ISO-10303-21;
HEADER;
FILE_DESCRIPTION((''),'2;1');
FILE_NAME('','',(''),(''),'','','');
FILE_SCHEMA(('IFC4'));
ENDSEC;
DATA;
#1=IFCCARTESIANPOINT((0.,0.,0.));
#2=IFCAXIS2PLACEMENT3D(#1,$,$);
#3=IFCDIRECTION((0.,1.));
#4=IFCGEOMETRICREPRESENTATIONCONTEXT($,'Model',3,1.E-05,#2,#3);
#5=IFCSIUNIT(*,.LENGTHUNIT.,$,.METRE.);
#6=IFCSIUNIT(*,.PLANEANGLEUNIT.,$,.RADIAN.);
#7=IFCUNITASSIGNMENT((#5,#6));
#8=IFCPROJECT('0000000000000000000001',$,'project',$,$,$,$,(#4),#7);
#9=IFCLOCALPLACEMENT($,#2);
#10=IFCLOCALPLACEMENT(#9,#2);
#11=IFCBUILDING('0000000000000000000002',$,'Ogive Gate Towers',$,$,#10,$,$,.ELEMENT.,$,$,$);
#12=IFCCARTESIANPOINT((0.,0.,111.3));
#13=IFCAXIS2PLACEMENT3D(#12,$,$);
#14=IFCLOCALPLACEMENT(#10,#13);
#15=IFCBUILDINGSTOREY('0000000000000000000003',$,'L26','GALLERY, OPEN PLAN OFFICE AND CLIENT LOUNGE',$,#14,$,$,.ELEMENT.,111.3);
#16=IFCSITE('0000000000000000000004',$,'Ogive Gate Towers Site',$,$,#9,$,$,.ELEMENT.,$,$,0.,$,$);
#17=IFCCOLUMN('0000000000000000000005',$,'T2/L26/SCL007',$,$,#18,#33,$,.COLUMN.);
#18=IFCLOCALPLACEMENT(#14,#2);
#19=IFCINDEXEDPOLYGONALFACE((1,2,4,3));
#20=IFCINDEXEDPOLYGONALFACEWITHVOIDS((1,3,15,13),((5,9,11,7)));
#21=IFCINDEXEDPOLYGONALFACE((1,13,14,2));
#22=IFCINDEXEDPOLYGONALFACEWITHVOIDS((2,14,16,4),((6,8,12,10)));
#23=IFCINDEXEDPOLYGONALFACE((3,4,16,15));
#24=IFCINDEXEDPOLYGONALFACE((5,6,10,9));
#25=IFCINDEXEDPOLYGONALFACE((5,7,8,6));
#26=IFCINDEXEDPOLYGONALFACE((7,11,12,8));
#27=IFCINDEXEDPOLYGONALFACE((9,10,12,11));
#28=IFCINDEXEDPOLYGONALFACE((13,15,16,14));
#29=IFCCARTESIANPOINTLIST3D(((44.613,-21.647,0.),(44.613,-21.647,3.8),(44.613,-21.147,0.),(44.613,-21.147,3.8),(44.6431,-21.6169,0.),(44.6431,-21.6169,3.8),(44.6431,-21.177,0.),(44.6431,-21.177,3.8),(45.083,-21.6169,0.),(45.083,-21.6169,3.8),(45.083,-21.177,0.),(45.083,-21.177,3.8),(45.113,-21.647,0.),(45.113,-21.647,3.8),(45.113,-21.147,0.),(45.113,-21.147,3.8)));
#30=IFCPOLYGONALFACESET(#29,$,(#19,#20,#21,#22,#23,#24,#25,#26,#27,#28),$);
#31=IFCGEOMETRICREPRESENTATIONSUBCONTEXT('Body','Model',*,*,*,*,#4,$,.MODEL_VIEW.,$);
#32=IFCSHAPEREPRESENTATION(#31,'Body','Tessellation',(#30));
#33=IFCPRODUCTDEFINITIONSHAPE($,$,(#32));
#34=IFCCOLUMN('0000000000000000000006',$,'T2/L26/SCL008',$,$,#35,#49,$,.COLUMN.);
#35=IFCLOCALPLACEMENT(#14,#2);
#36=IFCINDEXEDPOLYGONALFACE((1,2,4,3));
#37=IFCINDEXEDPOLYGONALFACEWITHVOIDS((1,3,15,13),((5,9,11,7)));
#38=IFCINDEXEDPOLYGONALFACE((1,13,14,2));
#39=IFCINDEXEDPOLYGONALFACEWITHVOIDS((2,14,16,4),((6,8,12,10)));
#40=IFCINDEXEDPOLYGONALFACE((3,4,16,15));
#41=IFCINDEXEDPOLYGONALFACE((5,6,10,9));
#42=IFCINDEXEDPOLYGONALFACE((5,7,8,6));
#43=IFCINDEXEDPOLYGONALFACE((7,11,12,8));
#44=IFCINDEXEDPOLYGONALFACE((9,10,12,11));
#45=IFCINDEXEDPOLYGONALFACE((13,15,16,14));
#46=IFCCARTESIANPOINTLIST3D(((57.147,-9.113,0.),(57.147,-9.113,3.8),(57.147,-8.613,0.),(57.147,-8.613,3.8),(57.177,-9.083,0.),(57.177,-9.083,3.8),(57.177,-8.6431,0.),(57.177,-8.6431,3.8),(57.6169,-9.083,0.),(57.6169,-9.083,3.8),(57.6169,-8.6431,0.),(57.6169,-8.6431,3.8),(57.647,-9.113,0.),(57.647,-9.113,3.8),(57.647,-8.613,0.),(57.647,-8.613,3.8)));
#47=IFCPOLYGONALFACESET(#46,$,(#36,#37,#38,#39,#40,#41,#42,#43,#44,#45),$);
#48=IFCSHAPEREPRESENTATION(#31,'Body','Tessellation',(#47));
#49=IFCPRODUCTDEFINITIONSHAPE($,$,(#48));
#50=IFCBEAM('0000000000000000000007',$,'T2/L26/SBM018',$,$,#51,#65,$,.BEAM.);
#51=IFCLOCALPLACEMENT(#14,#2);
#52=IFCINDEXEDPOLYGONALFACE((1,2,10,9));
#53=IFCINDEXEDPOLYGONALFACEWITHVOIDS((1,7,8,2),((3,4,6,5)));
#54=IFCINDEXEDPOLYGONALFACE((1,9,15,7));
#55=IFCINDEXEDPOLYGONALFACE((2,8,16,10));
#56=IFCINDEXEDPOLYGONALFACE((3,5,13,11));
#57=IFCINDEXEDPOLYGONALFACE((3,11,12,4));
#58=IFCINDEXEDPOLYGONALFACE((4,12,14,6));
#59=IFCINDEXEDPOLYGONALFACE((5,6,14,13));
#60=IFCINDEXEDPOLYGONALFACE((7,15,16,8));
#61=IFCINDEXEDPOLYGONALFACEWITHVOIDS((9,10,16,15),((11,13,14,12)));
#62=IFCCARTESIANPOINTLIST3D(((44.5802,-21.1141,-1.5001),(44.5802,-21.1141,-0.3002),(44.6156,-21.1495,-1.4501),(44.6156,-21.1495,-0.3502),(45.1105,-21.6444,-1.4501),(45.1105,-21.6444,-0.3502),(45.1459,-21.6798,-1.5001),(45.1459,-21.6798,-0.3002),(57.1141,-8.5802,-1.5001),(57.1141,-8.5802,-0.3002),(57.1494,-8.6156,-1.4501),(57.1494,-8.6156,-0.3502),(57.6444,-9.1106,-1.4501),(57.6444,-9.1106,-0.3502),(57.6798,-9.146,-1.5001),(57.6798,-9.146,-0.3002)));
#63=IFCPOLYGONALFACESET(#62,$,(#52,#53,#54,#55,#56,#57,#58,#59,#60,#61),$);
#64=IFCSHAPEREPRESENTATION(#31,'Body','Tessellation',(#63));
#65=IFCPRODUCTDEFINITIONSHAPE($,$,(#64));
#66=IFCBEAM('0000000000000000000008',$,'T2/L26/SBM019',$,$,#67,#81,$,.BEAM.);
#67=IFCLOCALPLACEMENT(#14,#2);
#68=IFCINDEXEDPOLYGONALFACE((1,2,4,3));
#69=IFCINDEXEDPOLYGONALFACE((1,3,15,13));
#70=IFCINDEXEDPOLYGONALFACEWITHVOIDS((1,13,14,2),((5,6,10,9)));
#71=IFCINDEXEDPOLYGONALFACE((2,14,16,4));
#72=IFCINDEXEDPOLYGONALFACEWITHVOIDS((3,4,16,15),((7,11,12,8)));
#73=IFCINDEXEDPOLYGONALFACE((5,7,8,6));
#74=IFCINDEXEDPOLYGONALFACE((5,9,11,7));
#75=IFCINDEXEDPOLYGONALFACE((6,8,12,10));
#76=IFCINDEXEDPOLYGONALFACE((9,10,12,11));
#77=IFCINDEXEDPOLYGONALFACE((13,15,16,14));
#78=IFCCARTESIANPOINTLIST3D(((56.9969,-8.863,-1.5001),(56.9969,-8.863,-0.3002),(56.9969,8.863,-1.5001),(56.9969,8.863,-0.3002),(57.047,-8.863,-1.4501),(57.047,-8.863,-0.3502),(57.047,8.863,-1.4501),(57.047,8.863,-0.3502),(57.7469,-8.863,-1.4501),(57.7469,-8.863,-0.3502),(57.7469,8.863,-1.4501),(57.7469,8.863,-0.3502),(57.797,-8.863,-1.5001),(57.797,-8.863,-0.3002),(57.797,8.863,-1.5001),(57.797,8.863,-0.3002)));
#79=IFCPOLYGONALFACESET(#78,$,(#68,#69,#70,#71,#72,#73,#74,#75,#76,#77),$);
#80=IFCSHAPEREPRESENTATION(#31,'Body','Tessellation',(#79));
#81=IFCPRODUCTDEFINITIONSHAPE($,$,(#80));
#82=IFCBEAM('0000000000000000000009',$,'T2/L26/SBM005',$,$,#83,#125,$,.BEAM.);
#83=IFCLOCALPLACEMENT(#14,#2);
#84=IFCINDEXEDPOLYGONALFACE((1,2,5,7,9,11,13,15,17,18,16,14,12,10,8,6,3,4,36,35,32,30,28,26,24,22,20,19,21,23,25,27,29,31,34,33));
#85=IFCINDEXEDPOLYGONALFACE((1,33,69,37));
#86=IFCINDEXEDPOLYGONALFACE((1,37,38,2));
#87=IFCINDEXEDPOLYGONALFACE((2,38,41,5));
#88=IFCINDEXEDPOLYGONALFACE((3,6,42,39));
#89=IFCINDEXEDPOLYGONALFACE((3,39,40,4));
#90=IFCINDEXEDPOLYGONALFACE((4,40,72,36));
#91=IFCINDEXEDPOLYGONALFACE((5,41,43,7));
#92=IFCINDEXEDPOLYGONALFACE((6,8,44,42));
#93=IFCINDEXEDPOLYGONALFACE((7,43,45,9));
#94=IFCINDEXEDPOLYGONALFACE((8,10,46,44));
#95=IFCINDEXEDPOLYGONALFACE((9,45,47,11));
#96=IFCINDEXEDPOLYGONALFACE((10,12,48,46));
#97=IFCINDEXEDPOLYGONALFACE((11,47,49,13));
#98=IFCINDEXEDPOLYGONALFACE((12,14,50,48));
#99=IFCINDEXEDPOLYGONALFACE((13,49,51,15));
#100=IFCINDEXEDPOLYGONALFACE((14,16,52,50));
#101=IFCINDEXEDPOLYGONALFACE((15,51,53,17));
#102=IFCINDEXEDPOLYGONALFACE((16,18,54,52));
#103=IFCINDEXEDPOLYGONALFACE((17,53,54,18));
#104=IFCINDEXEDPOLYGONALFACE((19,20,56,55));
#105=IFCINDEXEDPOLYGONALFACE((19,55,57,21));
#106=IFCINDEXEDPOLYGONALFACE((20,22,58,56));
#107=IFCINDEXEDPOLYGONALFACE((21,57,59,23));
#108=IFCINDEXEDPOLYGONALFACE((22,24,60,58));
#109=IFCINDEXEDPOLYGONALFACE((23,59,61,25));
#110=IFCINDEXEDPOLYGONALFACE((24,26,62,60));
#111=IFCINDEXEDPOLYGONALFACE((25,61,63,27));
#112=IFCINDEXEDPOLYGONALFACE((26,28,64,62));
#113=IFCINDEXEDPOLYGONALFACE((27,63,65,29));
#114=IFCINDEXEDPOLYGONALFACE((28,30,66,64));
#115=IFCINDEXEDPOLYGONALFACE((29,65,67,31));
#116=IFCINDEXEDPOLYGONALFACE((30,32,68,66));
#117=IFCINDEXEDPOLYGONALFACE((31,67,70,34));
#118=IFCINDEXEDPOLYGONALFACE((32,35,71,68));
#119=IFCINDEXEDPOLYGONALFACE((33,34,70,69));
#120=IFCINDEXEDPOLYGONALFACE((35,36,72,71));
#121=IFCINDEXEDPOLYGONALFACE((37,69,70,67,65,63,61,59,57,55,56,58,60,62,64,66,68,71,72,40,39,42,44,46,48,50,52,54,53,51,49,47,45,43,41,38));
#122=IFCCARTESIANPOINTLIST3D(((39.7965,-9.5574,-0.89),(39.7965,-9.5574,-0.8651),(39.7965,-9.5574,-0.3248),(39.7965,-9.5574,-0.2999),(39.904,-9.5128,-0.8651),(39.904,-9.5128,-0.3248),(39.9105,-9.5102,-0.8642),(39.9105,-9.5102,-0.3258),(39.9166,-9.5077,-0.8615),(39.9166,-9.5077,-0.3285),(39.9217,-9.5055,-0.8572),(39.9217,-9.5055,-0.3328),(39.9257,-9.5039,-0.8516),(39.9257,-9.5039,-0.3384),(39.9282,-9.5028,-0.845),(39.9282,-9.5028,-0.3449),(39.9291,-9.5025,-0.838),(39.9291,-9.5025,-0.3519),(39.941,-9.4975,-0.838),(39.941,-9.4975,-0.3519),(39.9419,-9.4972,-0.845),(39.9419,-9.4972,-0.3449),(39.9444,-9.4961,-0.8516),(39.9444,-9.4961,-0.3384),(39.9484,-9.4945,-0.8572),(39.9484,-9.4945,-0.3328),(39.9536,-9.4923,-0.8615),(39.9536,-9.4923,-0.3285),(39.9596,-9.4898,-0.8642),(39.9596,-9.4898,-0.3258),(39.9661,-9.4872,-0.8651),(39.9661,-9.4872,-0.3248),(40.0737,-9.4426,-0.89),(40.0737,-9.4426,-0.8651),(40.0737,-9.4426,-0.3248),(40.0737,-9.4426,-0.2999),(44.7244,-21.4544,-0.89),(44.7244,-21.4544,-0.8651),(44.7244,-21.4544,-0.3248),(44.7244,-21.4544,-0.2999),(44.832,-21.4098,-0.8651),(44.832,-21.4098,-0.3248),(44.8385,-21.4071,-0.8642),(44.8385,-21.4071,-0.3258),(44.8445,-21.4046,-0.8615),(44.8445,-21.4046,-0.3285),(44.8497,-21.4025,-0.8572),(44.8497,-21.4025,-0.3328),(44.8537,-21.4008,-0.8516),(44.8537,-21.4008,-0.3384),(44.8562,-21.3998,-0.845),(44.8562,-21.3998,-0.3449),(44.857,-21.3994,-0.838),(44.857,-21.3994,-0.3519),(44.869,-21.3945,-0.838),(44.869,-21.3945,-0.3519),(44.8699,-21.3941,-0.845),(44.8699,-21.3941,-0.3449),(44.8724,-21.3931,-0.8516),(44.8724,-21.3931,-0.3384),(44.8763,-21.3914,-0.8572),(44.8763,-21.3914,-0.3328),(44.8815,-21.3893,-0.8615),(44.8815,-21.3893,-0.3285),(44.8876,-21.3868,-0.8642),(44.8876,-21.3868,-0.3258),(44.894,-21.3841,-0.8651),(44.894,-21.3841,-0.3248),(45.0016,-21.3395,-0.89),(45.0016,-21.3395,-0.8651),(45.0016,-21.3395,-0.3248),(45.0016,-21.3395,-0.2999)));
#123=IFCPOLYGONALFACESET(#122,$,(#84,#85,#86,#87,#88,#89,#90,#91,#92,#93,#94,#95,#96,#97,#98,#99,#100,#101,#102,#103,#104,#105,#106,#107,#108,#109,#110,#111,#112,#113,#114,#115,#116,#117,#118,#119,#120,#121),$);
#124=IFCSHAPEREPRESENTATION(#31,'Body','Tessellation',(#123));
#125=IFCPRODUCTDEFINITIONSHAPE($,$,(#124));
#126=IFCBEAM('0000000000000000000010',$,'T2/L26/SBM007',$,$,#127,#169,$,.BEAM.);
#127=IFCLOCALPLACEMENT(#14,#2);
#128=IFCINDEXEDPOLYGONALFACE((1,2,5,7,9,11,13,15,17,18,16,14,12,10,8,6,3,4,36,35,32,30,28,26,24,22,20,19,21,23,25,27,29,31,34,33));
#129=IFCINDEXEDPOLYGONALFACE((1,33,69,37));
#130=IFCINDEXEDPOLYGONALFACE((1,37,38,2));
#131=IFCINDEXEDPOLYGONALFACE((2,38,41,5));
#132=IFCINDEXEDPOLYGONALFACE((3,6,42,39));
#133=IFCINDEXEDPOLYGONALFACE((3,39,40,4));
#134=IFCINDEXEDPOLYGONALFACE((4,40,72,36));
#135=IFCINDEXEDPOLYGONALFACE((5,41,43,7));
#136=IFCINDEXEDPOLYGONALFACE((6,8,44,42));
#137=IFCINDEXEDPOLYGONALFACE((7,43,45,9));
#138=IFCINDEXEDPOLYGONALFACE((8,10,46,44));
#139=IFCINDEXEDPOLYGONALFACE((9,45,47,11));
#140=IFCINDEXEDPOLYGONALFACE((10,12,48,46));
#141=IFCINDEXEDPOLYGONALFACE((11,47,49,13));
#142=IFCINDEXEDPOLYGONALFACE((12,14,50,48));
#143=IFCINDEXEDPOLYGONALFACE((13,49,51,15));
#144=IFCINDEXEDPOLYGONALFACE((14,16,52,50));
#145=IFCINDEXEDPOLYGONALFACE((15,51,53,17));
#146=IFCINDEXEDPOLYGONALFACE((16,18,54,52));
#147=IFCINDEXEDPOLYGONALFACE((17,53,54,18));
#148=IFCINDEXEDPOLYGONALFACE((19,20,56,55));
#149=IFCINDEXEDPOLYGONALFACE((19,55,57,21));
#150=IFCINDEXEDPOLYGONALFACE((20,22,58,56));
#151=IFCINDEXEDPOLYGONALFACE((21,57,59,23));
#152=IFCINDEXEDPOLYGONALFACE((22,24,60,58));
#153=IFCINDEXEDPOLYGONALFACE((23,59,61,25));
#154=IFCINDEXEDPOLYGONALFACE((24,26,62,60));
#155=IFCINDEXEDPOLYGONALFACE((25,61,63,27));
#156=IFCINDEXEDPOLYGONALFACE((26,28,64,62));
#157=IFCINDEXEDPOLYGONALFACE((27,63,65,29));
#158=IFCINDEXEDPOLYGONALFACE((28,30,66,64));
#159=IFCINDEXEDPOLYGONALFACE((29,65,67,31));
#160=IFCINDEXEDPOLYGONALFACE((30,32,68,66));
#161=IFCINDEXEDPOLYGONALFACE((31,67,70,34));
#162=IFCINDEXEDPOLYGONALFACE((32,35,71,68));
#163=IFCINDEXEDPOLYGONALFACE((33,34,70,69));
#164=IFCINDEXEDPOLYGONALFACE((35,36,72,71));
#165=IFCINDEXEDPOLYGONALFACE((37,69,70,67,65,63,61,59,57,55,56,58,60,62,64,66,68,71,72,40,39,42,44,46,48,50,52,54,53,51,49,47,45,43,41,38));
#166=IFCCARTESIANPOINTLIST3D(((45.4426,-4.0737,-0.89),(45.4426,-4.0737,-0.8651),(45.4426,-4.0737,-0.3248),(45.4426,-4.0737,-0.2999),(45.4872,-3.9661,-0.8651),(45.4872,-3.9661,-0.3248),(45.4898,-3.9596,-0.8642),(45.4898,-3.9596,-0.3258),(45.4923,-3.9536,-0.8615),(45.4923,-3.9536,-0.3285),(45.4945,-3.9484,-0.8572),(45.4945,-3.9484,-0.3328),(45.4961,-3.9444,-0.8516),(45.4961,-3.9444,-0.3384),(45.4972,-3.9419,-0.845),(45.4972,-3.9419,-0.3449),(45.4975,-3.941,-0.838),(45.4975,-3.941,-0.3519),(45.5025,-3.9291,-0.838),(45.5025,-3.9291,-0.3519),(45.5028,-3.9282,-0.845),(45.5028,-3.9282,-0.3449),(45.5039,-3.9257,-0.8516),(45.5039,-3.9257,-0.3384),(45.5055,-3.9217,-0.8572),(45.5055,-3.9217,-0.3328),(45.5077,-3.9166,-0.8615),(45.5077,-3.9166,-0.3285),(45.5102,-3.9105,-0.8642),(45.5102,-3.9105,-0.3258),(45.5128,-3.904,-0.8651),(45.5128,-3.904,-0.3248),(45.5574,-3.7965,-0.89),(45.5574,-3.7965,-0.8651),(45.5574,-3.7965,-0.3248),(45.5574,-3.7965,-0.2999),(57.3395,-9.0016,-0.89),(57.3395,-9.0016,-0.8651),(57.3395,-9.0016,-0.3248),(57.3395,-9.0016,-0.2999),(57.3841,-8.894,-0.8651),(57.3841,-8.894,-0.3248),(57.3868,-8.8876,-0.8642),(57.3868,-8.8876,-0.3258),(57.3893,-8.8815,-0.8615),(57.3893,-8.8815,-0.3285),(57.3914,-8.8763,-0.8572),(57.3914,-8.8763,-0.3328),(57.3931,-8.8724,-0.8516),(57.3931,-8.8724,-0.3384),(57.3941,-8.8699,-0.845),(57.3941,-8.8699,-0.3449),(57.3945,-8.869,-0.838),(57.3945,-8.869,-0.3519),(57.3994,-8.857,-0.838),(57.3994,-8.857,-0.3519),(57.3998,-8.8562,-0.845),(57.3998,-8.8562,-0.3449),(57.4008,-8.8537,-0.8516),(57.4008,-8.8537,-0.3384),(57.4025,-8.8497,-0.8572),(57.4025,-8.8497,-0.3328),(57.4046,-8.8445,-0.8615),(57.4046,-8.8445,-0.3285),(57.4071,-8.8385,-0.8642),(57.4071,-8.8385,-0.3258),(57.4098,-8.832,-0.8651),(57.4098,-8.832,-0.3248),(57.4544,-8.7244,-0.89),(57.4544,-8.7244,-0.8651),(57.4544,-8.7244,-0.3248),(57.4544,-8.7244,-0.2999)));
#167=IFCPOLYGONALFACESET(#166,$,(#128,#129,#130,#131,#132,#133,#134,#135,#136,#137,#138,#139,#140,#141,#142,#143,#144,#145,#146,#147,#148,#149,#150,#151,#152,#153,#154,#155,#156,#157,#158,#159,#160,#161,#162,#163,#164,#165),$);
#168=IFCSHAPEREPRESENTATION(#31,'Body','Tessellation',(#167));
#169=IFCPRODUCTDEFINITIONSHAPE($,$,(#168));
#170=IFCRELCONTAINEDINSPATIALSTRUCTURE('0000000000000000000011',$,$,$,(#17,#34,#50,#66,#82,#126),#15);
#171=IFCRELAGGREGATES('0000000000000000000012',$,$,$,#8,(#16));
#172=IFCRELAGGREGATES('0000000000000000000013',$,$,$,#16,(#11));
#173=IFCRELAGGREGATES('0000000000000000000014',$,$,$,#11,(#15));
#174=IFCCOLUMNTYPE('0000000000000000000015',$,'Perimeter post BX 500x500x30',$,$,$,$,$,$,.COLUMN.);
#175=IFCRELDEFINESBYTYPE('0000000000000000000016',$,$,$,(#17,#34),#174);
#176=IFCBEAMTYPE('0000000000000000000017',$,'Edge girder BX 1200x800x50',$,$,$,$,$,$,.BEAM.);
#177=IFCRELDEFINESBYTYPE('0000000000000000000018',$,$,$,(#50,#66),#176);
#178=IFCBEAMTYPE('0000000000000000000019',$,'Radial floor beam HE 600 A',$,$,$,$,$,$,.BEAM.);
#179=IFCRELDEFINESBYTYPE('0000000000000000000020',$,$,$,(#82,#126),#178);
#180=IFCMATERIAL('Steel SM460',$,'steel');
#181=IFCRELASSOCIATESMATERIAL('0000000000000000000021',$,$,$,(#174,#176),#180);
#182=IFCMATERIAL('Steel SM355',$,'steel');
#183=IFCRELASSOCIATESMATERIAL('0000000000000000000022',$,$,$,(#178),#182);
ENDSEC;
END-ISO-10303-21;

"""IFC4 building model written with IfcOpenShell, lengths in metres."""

from ifc_helpers import new_model, si_unit, direction, frame, origin, origin_2d, place, context, subcontext, project, spatial, hollow_rectangle, i_section, extrude, material, material_profile, profile_set, type_object, element, save


model = new_model("IFC4")

# Units and contexts
model_context = context("Model", 3, precision=1e-05, world=origin(), true_north=direction((0.0, 1.0)))
body_context = subcontext(model_context, "Body", "Model", "MODEL_VIEW")
ifc_project = project(units=[si_unit("LENGTHUNIT", "METRE"), si_unit("PLANEANGLEUNIT", "RADIAN")], contexts=[model_context])

# Site, building, storey
site_placement = place(None, origin())
site = spatial("IfcSite", under=ifc_project, at=site_placement, Name="Ogive Gate Towers Site", CompositionType="ELEMENT", RefElevation=0.0)
building_placement = place(site_placement, origin())
building = spatial("IfcBuilding", under=site, at=building_placement, Name="Ogive Gate Towers", CompositionType="ELEMENT")
storey_placement = place(building_placement, frame((0.0, 0.0, 111.3)))
storey = spatial("IfcBuildingStorey", under=building, at=storey_placement, Name="L26", Description="GALLERY, OPEN PLAN OFFICE AND CLIENT LOUNGE", CompositionType="ELEMENT", Elevation=111.3)

# Columns
ifc_material_1 = material(Name="Steel SM460", Category="steel")
ifc_material_profile_1 = material_profile(ifc_material_1, hollow_rectangle(XDim=0.5, YDim=0.5, WallThickness=0.03, at=origin_2d()), Name="BX 500x500x30")
ifc_profile_set_1 = profile_set([ifc_material_profile_1], Name="Steel SM460")
column_type = type_object("IfcColumnType", Name="Perimeter post BX 500x500x30", PredefinedType="COLUMN", material=ifc_profile_set_1)
for number, where, z_axis, x_axis, name in (
    (1, (44.863, -21.397, 0.0), (0.0, 0.0, 1.0), (1.0, 0.0, 0.0), "T2/L26/SCL007"),
    (2, (57.397, -8.863, 0.0), (0.0, 0.0, 1.0), (1.0, 0.0, 0.0), "T2/L26/SCL008"),
):
    element("IfcColumn", number, at=place(storey_placement, frame(where, z_axis=z_axis, x_axis=x_axis)), inside=storey, type_object=column_type, Name=name, PredefinedType="COLUMN", context=body_context, shape_type="SweptSolid", body=[
        extrude(hollow_rectangle(XDim=0.5, YDim=0.5, WallThickness=0.03, at=origin_2d()), origin(), (0.0, 0.0, 1.0), 3.8),
    ])

# Beams
ifc_material_profile_2 = material_profile(ifc_material_1, hollow_rectangle(XDim=0.8, YDim=1.2, WallThickness=0.05, at=origin_2d()), Name="BX 1200x800x50")
ifc_profile_set_2 = profile_set([ifc_material_profile_2], Name="Steel SM460")
beam_type_1 = type_object("IfcBeamType", Name="Edge girder BX 1200x800x50", PredefinedType="BEAM", material=ifc_profile_set_2)
beam_1_placement = place(storey_placement, frame((44.863, -21.397, -0.9001), z_axis=(0.707107, 0.707107, 0.0), x_axis=(-0.707107, 0.707107, 0.0)))
element("IfcBeam", 3, at=beam_1_placement, inside=storey, type_object=beam_type_1, Name="T2/L26/SBM018", PredefinedType="BEAM", context=body_context, shape_type="SweptSolid", body=[
    extrude(hollow_rectangle(XDim=0.8, YDim=1.2, WallThickness=0.05, at=origin_2d()), origin(), (0.0, 0.0, 1.0), 17.7256),
])
beam_2_placement = place(storey_placement, frame((57.397, -8.863, -0.9001), z_axis=(0.0, 1.0, 0.0), x_axis=(-1.0, 0.0, 0.0)))
element("IfcBeam", 4, at=beam_2_placement, inside=storey, type_object=beam_type_1, Name="T2/L26/SBM019", PredefinedType="BEAM", context=body_context, shape_type="SweptSolid", body=[
    extrude(hollow_rectangle(XDim=0.8, YDim=1.2, WallThickness=0.05, at=origin_2d()), origin(), (0.0, 0.0, 1.0), 17.7261),
])
ifc_material_2 = material(Name="Steel SM355", Category="steel")
ifc_material_profile_3 = material_profile(ifc_material_2, i_section(OverallWidth=0.3, OverallDepth=0.5901, WebThickness=0.0129, FlangeThickness=0.0249, FilletRadius=0.0271, at=origin_2d()), Name="HE 600 A")
ifc_profile_set_3 = profile_set([ifc_material_profile_3], Name="Steel SM355")
beam_type_2 = type_object("IfcBeamType", Name="Radial floor beam HE 600 A", PredefinedType="BEAM", material=ifc_profile_set_3)
for number, where, z_axis, x_axis, name in (
    (5, (39.9351, -9.5, -0.595), (0.382689, -0.923877, 0.0), (0.923877, 0.382689, 0.0), "T2/L26/SBM005"),
    (6, (45.5, -3.9351, -0.595), (0.923877, -0.382689, 0.0), (0.382689, 0.923877, 0.0), "T2/L26/SBM007"),
):
    element("IfcBeam", number, at=place(storey_placement, frame(where, z_axis=z_axis, x_axis=x_axis)), inside=storey, type_object=beam_type_2, Name=name, PredefinedType="BEAM", context=body_context, shape_type="SweptSolid", body=[
        extrude(i_section(OverallWidth=0.3, OverallDepth=0.5901, WebThickness=0.0129, FlangeThickness=0.0249, FilletRadius=0.0271, at=origin_2d()), origin(), (0.0, 0.0, 1.0), 12.8772),
    ])

save(model, "model.ifc")
